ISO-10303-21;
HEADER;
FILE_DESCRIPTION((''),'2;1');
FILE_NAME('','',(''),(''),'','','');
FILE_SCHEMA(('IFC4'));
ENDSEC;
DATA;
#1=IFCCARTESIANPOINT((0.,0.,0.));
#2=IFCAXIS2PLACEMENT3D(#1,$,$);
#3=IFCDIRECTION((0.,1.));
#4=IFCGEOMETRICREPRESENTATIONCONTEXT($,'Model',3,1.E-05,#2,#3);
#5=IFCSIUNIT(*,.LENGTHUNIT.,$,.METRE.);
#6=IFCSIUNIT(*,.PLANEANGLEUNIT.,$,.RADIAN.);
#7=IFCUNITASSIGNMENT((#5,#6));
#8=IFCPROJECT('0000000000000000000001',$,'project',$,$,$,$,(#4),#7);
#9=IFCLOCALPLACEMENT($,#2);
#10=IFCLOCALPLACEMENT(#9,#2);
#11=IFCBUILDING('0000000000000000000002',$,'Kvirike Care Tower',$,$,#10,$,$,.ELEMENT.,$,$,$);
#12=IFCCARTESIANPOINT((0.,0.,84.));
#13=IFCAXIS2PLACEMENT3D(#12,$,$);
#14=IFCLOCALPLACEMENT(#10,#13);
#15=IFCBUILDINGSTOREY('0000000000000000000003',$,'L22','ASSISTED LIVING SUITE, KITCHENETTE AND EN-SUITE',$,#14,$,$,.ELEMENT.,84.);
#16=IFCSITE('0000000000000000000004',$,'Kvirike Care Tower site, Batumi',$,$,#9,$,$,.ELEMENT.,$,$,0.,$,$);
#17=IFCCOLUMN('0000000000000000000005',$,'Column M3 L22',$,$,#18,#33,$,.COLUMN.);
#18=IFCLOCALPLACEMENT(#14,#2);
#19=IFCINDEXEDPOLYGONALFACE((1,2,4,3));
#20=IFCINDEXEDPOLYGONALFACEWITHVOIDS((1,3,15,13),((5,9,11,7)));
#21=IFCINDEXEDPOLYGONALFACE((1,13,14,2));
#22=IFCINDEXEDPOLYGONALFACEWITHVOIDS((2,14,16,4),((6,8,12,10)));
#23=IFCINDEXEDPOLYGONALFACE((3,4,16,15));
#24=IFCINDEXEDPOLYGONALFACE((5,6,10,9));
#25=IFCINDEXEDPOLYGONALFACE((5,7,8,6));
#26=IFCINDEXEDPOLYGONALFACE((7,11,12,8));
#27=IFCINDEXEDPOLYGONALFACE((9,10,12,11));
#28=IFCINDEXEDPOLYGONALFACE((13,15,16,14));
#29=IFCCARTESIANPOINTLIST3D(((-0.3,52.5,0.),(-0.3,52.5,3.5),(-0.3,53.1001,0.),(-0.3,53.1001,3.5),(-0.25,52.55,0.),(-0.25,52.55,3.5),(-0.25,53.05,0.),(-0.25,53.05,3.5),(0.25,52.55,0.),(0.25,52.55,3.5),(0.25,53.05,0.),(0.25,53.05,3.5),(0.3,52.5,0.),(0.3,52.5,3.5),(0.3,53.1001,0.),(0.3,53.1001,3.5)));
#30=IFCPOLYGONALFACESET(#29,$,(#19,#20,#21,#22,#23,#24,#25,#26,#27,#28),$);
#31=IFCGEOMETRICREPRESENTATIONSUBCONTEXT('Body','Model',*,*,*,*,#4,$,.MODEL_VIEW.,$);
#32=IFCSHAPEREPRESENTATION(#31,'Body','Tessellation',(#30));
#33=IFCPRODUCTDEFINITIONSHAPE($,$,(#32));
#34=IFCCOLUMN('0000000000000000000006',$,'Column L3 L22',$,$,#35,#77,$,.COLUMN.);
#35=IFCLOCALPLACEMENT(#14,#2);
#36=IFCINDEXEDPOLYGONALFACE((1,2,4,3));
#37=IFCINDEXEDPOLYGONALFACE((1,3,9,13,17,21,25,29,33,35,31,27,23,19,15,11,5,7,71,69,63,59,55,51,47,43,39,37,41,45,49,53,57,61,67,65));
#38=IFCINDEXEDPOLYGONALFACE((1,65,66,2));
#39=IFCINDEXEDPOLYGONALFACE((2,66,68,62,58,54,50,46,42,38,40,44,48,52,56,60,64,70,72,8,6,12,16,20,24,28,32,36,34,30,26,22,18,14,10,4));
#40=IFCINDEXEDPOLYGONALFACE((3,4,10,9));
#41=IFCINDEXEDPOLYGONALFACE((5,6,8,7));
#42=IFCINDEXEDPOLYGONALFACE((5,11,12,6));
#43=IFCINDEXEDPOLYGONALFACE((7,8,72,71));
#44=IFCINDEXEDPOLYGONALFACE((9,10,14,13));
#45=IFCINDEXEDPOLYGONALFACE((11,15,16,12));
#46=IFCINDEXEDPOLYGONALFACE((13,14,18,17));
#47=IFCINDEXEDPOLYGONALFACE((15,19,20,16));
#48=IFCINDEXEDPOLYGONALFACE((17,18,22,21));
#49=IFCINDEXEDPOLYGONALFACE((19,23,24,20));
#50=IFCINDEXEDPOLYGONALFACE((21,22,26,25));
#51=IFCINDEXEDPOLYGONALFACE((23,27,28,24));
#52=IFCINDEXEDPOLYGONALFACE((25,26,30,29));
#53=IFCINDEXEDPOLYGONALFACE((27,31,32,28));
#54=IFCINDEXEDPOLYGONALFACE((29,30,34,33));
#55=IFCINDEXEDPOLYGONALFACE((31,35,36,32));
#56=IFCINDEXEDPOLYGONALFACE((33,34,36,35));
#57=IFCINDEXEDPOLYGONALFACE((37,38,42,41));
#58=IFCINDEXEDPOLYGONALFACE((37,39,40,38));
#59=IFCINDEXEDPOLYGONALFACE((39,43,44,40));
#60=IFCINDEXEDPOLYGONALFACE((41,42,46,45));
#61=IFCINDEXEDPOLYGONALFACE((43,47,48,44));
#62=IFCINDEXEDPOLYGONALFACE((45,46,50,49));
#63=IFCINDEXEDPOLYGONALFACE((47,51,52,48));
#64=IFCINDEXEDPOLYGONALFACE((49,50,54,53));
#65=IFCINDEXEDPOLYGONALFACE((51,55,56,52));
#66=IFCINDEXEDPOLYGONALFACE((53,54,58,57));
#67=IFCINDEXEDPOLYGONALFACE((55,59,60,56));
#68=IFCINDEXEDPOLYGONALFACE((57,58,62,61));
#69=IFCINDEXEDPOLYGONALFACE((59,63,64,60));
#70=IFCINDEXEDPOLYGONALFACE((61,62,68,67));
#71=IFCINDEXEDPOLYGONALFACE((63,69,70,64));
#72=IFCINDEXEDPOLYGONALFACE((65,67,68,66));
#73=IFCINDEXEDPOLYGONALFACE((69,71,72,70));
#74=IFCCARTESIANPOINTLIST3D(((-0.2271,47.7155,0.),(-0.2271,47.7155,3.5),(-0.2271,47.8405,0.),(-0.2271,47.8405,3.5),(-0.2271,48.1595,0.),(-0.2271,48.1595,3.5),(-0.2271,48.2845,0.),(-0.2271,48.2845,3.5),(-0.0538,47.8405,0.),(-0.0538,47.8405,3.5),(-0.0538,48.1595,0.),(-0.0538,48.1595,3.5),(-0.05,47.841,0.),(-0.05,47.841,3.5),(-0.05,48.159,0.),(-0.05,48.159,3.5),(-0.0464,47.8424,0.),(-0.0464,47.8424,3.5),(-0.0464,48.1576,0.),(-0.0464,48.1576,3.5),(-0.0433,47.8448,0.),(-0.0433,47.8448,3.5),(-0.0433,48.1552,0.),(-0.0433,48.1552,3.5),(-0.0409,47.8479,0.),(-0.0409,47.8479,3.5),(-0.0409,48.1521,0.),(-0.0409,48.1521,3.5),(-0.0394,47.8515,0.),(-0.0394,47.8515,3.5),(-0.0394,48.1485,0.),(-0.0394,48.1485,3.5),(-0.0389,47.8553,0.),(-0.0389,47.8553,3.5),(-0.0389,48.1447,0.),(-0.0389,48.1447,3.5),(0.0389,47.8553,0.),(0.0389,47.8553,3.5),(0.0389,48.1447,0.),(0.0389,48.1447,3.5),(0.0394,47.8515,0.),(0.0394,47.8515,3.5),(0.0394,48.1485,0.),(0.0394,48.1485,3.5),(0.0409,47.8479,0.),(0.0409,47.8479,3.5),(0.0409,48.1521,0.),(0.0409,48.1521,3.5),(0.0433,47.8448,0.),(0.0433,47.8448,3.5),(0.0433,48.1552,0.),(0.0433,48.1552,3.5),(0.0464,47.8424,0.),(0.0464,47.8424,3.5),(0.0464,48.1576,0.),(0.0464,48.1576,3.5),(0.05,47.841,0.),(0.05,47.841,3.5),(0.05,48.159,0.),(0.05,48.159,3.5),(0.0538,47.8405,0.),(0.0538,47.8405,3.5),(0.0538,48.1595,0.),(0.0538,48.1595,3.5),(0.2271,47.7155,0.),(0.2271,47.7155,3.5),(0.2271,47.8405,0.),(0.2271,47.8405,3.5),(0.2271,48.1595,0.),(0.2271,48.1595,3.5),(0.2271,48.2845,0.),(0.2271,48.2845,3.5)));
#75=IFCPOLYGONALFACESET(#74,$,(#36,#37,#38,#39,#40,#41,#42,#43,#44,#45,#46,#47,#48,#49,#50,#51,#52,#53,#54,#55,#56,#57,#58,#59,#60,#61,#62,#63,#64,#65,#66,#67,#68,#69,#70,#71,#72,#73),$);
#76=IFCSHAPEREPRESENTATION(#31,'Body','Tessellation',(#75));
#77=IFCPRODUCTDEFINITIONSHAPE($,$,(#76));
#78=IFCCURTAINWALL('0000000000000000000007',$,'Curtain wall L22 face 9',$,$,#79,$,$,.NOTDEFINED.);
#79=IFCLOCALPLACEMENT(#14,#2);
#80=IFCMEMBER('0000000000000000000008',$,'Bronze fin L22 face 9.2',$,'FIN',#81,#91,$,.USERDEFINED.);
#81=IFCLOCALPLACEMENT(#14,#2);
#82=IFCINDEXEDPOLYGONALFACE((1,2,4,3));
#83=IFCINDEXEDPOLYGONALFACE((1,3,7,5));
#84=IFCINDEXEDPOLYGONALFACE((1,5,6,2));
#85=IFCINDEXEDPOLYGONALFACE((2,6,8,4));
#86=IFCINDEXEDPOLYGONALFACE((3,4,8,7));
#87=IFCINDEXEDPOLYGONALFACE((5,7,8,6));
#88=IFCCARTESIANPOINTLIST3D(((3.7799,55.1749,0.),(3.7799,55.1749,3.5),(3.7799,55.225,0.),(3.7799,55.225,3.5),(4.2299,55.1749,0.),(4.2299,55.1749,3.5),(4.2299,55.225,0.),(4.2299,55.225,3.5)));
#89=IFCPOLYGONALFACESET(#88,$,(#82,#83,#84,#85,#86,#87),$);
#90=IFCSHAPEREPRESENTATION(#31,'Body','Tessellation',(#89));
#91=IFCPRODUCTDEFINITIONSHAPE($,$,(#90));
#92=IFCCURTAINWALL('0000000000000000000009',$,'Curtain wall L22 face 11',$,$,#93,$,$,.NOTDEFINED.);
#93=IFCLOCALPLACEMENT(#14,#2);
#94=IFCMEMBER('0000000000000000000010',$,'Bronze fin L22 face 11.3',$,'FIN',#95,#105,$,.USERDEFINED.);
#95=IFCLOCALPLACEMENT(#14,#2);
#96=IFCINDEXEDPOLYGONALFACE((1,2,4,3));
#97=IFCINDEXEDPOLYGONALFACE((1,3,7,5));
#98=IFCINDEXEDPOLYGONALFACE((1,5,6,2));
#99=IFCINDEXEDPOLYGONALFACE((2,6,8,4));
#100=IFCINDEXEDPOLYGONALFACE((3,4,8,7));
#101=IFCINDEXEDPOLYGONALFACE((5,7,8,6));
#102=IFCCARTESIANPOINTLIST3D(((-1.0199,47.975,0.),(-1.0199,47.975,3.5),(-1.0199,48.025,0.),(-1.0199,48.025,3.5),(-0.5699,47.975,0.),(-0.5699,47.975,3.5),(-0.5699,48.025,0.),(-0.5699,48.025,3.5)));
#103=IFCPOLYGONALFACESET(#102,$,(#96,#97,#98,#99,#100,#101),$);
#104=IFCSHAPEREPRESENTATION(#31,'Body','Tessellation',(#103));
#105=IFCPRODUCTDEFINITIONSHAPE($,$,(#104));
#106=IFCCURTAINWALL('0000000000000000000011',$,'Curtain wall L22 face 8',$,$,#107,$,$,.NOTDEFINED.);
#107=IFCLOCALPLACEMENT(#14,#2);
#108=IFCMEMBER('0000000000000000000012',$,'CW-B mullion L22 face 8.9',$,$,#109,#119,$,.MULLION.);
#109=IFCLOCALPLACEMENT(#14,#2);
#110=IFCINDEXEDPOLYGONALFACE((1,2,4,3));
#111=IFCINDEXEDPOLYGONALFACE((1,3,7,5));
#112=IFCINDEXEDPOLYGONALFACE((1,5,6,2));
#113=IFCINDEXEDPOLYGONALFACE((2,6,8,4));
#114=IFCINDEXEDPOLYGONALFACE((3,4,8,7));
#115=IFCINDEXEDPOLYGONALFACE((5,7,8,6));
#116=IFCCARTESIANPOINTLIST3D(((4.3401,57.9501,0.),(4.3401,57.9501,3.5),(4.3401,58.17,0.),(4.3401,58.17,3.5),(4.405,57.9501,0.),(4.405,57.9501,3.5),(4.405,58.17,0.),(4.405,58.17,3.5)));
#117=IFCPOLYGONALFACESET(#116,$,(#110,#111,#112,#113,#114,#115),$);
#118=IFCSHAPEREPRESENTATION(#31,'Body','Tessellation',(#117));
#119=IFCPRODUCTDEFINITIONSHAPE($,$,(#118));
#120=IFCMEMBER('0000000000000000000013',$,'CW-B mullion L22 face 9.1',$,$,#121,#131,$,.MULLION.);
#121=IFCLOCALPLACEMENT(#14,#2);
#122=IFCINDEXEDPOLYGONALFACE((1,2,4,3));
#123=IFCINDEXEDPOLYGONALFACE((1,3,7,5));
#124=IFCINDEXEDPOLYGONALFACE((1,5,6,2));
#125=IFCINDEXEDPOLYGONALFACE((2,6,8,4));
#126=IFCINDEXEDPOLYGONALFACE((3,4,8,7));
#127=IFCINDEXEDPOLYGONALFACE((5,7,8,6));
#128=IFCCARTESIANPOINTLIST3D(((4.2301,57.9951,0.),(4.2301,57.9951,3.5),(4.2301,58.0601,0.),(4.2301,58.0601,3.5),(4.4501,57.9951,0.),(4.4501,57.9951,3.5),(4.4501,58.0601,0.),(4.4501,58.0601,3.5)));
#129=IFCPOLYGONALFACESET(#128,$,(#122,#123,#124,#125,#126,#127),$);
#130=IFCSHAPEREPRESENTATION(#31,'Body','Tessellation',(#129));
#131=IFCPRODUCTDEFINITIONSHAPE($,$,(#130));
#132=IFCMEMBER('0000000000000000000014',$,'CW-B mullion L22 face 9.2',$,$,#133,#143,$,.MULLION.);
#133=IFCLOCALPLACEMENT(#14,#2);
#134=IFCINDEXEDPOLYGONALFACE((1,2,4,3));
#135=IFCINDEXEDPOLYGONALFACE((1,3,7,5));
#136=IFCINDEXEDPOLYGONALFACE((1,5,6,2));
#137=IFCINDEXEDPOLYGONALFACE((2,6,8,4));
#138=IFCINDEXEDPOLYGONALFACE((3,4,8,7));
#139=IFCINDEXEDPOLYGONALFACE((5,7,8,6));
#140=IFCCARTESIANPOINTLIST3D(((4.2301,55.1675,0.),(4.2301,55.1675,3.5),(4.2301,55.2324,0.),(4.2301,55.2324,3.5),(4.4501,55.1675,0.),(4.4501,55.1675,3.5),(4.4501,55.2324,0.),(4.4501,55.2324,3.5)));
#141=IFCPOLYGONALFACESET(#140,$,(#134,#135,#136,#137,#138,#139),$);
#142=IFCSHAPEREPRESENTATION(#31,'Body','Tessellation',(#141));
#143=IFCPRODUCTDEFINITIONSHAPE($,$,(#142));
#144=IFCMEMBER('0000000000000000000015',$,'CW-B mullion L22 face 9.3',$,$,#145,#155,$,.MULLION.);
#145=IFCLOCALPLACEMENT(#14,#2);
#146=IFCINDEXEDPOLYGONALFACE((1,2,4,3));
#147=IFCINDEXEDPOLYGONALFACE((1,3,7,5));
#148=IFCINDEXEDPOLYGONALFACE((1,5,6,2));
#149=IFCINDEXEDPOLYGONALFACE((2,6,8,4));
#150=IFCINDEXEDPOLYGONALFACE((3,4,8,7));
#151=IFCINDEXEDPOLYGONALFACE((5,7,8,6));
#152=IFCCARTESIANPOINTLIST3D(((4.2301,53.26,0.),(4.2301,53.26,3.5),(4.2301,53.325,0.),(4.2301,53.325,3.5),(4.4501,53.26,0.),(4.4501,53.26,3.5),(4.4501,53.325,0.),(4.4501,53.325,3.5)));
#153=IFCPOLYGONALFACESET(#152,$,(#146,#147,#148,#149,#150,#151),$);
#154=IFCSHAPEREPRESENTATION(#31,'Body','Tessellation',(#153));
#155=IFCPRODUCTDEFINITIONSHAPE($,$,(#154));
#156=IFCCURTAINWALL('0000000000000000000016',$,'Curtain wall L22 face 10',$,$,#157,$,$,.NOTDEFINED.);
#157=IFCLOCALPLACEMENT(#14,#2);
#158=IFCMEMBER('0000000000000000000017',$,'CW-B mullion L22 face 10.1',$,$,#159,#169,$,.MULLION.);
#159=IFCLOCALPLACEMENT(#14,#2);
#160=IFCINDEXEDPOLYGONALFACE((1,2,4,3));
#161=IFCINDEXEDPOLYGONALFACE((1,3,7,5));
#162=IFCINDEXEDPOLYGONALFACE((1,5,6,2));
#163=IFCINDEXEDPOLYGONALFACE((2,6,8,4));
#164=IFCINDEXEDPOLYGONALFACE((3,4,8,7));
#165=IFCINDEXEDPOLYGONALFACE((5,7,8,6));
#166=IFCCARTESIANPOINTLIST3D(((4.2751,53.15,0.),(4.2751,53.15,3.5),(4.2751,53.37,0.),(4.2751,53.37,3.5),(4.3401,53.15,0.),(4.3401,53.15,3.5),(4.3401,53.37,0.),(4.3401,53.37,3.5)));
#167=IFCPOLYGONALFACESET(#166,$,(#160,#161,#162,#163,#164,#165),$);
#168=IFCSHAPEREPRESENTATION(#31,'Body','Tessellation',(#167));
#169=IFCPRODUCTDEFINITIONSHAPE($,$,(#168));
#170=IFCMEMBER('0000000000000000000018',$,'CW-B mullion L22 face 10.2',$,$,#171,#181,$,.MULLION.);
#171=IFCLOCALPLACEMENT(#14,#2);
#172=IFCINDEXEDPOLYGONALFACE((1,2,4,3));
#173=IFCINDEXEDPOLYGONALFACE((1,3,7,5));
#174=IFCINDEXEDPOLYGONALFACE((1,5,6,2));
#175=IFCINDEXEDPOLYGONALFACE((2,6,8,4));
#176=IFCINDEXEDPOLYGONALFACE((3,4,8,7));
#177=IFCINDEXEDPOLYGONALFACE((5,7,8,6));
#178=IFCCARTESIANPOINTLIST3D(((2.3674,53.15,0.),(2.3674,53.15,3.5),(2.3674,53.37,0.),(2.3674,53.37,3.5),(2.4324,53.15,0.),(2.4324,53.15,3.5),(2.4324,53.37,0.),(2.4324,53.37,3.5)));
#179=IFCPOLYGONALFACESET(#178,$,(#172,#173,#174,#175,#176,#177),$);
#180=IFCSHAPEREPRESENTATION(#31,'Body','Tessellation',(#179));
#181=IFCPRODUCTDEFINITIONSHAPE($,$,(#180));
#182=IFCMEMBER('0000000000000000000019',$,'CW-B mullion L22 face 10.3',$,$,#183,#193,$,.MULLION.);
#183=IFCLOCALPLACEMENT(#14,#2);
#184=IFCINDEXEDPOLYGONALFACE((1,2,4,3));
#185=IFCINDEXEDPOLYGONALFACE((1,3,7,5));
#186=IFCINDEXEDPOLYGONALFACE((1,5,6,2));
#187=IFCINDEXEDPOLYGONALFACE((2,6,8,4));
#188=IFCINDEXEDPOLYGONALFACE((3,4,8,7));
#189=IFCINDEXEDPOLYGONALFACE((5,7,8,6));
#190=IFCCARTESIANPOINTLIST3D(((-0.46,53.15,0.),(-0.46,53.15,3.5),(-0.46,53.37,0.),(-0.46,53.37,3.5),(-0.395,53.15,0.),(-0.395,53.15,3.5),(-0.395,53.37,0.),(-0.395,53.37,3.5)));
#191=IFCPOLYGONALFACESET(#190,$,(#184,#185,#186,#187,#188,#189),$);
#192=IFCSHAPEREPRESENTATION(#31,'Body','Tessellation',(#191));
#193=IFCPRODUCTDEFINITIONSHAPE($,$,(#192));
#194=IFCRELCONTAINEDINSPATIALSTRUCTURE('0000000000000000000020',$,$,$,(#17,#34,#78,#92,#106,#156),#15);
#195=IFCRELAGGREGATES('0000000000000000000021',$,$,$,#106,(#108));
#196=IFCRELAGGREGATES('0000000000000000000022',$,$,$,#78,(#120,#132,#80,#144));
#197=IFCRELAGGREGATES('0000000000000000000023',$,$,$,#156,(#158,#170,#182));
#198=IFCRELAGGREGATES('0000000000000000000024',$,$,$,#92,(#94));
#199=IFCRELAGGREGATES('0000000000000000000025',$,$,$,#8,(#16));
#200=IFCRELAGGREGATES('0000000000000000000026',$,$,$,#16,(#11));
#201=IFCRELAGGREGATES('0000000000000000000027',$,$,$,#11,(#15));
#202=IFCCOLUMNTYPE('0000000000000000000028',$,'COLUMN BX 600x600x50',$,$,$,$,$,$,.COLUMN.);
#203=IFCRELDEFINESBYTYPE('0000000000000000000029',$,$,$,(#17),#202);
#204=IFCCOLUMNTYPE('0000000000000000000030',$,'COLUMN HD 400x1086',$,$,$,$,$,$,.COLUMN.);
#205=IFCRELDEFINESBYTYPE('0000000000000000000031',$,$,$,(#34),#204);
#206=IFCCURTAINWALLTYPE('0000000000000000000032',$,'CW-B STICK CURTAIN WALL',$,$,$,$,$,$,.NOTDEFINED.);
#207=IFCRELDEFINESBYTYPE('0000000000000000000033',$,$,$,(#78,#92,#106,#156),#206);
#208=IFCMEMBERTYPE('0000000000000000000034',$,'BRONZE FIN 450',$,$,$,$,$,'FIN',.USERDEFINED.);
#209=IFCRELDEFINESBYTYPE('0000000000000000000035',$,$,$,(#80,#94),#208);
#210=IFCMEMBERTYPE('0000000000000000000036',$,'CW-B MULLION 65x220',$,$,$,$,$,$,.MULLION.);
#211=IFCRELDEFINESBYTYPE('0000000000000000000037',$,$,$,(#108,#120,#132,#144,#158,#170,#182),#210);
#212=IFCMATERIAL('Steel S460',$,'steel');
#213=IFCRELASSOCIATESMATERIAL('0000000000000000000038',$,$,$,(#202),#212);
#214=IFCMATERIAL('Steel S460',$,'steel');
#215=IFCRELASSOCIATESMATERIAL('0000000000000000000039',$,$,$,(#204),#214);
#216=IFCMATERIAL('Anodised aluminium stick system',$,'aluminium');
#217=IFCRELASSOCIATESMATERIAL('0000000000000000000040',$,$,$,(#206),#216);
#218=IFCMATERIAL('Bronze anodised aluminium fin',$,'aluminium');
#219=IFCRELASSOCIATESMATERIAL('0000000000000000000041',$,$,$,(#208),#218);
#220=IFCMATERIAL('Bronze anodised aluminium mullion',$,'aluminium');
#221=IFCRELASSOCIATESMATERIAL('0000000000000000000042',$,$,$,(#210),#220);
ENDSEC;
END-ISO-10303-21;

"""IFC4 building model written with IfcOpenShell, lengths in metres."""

from ifc_helpers import new_model, si_unit, direction, frame, origin, origin_2d, place, context, subcontext, project, spatial, rectangle, hollow_rectangle, i_section, extrude, material, material_profile, profile_set, type_object, element, aggregate, save


model = new_model("IFC4")

# Units and contexts
model_context = context("Model", 3, precision=1e-05, world=origin(), true_north=direction((0.0, 1.0)))
body_context = subcontext(model_context, "Body", "Model", "MODEL_VIEW")
ifc_project = project(units=[si_unit("LENGTHUNIT", "METRE"), si_unit("PLANEANGLEUNIT", "RADIAN")], contexts=[model_context])

# Site, building, storey
site_placement = place(None, origin())
site = spatial("IfcSite", under=ifc_project, at=site_placement, Name="Kvirike Care Tower site, Batumi", CompositionType="ELEMENT", RefElevation=0.0)
building_placement = place(site_placement, origin())
building = spatial("IfcBuilding", under=site, at=building_placement, Name="Kvirike Care Tower", CompositionType="ELEMENT")
storey_placement = place(building_placement, frame((0.0, 0.0, 84.0)))
storey = spatial("IfcBuildingStorey", under=building, at=storey_placement, Name="L22", Description="ASSISTED LIVING SUITE, KITCHENETTE AND EN-SUITE", CompositionType="ELEMENT", Elevation=84.0)

# Columns
ifc_material_1 = material(Name="Steel S460", Category="steel")
ifc_material_profile_1 = material_profile(ifc_material_1, hollow_rectangle(XDim=0.6001, YDim=0.6001, WallThickness=0.05, at=origin_2d()), Name="BX 600x600x50")
ifc_profile_set_1 = profile_set([ifc_material_profile_1], Name="Steel S460")
column_type_1 = type_object("IfcColumnType", Name="COLUMN BX 600x600x50", PredefinedType="COLUMN", material=ifc_profile_set_1)
column_1_placement = place(storey_placement, frame((0.0, 52.8, 0.0), z_axis=(0.0, 0.0, 1.0), x_axis=(0.0, 1.0, 0.0)))
element("IfcColumn", 1, at=column_1_placement, inside=storey, type_object=column_type_1, Name="Column M3 L22", PredefinedType="COLUMN", context=body_context, shape_type="SweptSolid", body=[
    extrude(hollow_rectangle(XDim=0.6001, YDim=0.6001, WallThickness=0.05, at=origin_2d()), origin(), (0.0, 0.0, 1.0), 3.5),
])
ifc_material_2 = material(Name="Steel S460", Category="steel")
ifc_material_profile_2 = material_profile(ifc_material_2, i_section(OverallWidth=0.4541, OverallDepth=0.5691, WebThickness=0.0779, FlangeThickness=0.125, FilletRadius=0.0149, at=origin_2d()), Name="HD 400x1086")
ifc_profile_set_2 = profile_set([ifc_material_profile_2], Name="Steel S460")
column_type_2 = type_object("IfcColumnType", Name="COLUMN HD 400x1086", PredefinedType="COLUMN", material=ifc_profile_set_2)
column_2_placement = place(storey_placement, frame((0.0, 48.0, 0.0), z_axis=(0.0, 0.0, 1.0), x_axis=(1.0, 0.0, 0.0)))
element("IfcColumn", 2, at=column_2_placement, inside=storey, type_object=column_type_2, Name="Column L3 L22", PredefinedType="COLUMN", context=body_context, shape_type="SweptSolid", body=[
    extrude(i_section(OverallWidth=0.4541, OverallDepth=0.5691, WebThickness=0.0779, FlangeThickness=0.125, FilletRadius=0.0149, at=origin_2d()), origin(), (0.0, 0.0, 1.0), 3.5),
])

# Curtain walls, members
ifc_material_3 = material(Name="Anodised aluminium stick system", Category="aluminium")
curtain_wall_type = type_object("IfcCurtainWallType", Name="CW-B STICK CURTAIN WALL", PredefinedType="NOTDEFINED", material=ifc_material_3)
curtain_wall_1_placement = place(storey_placement, origin())
curtain_wall_1 = element("IfcCurtainWall", 3, at=curtain_wall_1_placement, inside=storey, type_object=curtain_wall_type, Name="Curtain wall L22 face 9", PredefinedType="NOTDEFINED")
ifc_material_4 = material(Name="Bronze anodised aluminium fin", Category="aluminium")
ifc_material_profile_3 = material_profile(ifc_material_4, rectangle(XDim=0.05, YDim=0.45, at=origin_2d()), Name="BRONZE FIN 450")
ifc_profile_set_3 = profile_set([ifc_material_profile_3], Name="Bronze anodised aluminium fin")
member_type_1 = type_object("IfcMemberType", Name="BRONZE FIN 450", ElementType="FIN", PredefinedType="USERDEFINED", material=ifc_profile_set_3)
member_1_placement = place(storey_placement, frame((4.0049, 55.2, 0.0), z_axis=(0.0, 0.0, 1.0), x_axis=(0.0, -1.0, 0.0)))
member_1 = element("IfcMember", 4, at=member_1_placement, type_object=member_type_1, Name="Bronze fin L22 face 9.2", ObjectType="FIN", PredefinedType="USERDEFINED", context=body_context, shape_type="SweptSolid", body=[
    extrude(rectangle(XDim=0.05, YDim=0.45, at=origin_2d()), origin(), (0.0, 0.0, 1.0), 3.5),
])
curtain_wall_2_placement = place(storey_placement, origin())
curtain_wall_2 = element("IfcCurtainWall", 5, at=curtain_wall_2_placement, inside=storey, type_object=curtain_wall_type, Name="Curtain wall L22 face 11", PredefinedType="NOTDEFINED")
member_2_placement = place(storey_placement, frame((-0.7949, 48.0, 0.0), z_axis=(0.0, 0.0, 1.0), x_axis=(0.0, -1.0, 0.0)))
member_2 = element("IfcMember", 6, at=member_2_placement, type_object=member_type_1, Name="Bronze fin L22 face 11.3", ObjectType="FIN", PredefinedType="USERDEFINED", context=body_context, shape_type="SweptSolid", body=[
    extrude(rectangle(XDim=0.05, YDim=0.45, at=origin_2d()), origin(), (0.0, 0.0, 1.0), 3.5),
])
curtain_wall_3_placement = place(storey_placement, origin())
curtain_wall_3 = element("IfcCurtainWall", 7, at=curtain_wall_3_placement, inside=storey, type_object=curtain_wall_type, Name="Curtain wall L22 face 8", PredefinedType="NOTDEFINED")
ifc_material_5 = material(Name="Bronze anodised aluminium mullion", Category="aluminium")
ifc_material_profile_4 = material_profile(ifc_material_5, rectangle(XDim=0.0649, YDim=0.22, at=origin_2d()), Name="CW-B MULLION 65x220")
ifc_profile_set_4 = profile_set([ifc_material_profile_4], Name="Bronze anodised aluminium mullion")
member_type_2 = type_object("IfcMemberType", Name="CW-B MULLION 65x220", PredefinedType="MULLION", material=ifc_profile_set_4)
member_3_placement = place(storey_placement, frame((4.3726, 58.0601, 0.0), z_axis=(0.0, 0.0, 1.0), x_axis=(-1.0, 0.0, 0.0)))
member_3 = element("IfcMember", 8, at=member_3_placement, type_object=member_type_2, Name="CW-B mullion L22 face 8.9", PredefinedType="MULLION", context=body_context, shape_type="SweptSolid", body=[
    extrude(rectangle(XDim=0.0649, YDim=0.22, at=origin_2d()), origin(), (0.0, 0.0, 1.0), 3.5),
])
aggregate(curtain_wall_3, [member_3])

# Members
member_4_placement = place(storey_placement, frame((4.3401, 58.0276, 0.0), z_axis=(0.0, 0.0, 1.0), x_axis=(0.0, -1.0, 0.0)))
member_4 = element("IfcMember", 9, at=member_4_placement, type_object=member_type_2, Name="CW-B mullion L22 face 9.1", PredefinedType="MULLION", context=body_context, shape_type="SweptSolid", body=[
    extrude(rectangle(XDim=0.0649, YDim=0.22, at=origin_2d()), origin(), (0.0, 0.0, 1.0), 3.5),
])
member_5_placement = place(storey_placement, frame((4.3401, 55.2, 0.0), z_axis=(0.0, 0.0, 1.0), x_axis=(0.0, -1.0, 0.0)))
member_5 = element("IfcMember", 10, at=member_5_placement, type_object=member_type_2, Name="CW-B mullion L22 face 9.2", PredefinedType="MULLION", context=body_context, shape_type="SweptSolid", body=[
    extrude(rectangle(XDim=0.0649, YDim=0.22, at=origin_2d()), origin(), (0.0, 0.0, 1.0), 3.5),
])
member_6_placement = place(storey_placement, frame((4.3401, 53.2925, 0.0), z_axis=(0.0, 0.0, 1.0), x_axis=(0.0, -1.0, 0.0)))
member_6 = element("IfcMember", 11, at=member_6_placement, type_object=member_type_2, Name="CW-B mullion L22 face 9.3", PredefinedType="MULLION", context=body_context, shape_type="SweptSolid", body=[
    extrude(rectangle(XDim=0.0649, YDim=0.22, at=origin_2d()), origin(), (0.0, 0.0, 1.0), 3.5),
])

# Curtain wall, members
curtain_wall_4_placement = place(storey_placement, origin())
curtain_wall_4 = element("IfcCurtainWall", 12, at=curtain_wall_4_placement, inside=storey, type_object=curtain_wall_type, Name="Curtain wall L22 face 10", PredefinedType="NOTDEFINED")
member_7_placement = place(storey_placement, frame((4.3076, 53.26, 0.0), z_axis=(0.0, 0.0, 1.0), x_axis=(-1.0, 0.0, 0.0)))
member_7 = element("IfcMember", 13, at=member_7_placement, type_object=member_type_2, Name="CW-B mullion L22 face 10.1", PredefinedType="MULLION", context=body_context, shape_type="SweptSolid", body=[
    extrude(rectangle(XDim=0.0649, YDim=0.22, at=origin_2d()), origin(), (0.0, 0.0, 1.0), 3.5),
])
member_8_placement = place(storey_placement, frame((2.3999, 53.26, 0.0), z_axis=(0.0, 0.0, 1.0), x_axis=(-1.0, 0.0, 0.0)))
member_8 = element("IfcMember", 14, at=member_8_placement, type_object=member_type_2, Name="CW-B mullion L22 face 10.2", PredefinedType="MULLION", context=body_context, shape_type="SweptSolid", body=[
    extrude(rectangle(XDim=0.0649, YDim=0.22, at=origin_2d()), origin(), (0.0, 0.0, 1.0), 3.5),
])
member_9_placement = place(storey_placement, frame((-0.4275, 53.26, 0.0), z_axis=(0.0, 0.0, 1.0), x_axis=(-1.0, 0.0, 0.0)))
member_9 = element("IfcMember", 15, at=member_9_placement, type_object=member_type_2, Name="CW-B mullion L22 face 10.3", PredefinedType="MULLION", context=body_context, shape_type="SweptSolid", body=[
    extrude(rectangle(XDim=0.0649, YDim=0.22, at=origin_2d()), origin(), (0.0, 0.0, 1.0), 3.5),
])

aggregate(curtain_wall_1, [member_4, member_5, member_1, member_6])
aggregate(curtain_wall_4, [member_7, member_8, member_9])
aggregate(curtain_wall_2, [member_2])

save(model, "model.ifc")
